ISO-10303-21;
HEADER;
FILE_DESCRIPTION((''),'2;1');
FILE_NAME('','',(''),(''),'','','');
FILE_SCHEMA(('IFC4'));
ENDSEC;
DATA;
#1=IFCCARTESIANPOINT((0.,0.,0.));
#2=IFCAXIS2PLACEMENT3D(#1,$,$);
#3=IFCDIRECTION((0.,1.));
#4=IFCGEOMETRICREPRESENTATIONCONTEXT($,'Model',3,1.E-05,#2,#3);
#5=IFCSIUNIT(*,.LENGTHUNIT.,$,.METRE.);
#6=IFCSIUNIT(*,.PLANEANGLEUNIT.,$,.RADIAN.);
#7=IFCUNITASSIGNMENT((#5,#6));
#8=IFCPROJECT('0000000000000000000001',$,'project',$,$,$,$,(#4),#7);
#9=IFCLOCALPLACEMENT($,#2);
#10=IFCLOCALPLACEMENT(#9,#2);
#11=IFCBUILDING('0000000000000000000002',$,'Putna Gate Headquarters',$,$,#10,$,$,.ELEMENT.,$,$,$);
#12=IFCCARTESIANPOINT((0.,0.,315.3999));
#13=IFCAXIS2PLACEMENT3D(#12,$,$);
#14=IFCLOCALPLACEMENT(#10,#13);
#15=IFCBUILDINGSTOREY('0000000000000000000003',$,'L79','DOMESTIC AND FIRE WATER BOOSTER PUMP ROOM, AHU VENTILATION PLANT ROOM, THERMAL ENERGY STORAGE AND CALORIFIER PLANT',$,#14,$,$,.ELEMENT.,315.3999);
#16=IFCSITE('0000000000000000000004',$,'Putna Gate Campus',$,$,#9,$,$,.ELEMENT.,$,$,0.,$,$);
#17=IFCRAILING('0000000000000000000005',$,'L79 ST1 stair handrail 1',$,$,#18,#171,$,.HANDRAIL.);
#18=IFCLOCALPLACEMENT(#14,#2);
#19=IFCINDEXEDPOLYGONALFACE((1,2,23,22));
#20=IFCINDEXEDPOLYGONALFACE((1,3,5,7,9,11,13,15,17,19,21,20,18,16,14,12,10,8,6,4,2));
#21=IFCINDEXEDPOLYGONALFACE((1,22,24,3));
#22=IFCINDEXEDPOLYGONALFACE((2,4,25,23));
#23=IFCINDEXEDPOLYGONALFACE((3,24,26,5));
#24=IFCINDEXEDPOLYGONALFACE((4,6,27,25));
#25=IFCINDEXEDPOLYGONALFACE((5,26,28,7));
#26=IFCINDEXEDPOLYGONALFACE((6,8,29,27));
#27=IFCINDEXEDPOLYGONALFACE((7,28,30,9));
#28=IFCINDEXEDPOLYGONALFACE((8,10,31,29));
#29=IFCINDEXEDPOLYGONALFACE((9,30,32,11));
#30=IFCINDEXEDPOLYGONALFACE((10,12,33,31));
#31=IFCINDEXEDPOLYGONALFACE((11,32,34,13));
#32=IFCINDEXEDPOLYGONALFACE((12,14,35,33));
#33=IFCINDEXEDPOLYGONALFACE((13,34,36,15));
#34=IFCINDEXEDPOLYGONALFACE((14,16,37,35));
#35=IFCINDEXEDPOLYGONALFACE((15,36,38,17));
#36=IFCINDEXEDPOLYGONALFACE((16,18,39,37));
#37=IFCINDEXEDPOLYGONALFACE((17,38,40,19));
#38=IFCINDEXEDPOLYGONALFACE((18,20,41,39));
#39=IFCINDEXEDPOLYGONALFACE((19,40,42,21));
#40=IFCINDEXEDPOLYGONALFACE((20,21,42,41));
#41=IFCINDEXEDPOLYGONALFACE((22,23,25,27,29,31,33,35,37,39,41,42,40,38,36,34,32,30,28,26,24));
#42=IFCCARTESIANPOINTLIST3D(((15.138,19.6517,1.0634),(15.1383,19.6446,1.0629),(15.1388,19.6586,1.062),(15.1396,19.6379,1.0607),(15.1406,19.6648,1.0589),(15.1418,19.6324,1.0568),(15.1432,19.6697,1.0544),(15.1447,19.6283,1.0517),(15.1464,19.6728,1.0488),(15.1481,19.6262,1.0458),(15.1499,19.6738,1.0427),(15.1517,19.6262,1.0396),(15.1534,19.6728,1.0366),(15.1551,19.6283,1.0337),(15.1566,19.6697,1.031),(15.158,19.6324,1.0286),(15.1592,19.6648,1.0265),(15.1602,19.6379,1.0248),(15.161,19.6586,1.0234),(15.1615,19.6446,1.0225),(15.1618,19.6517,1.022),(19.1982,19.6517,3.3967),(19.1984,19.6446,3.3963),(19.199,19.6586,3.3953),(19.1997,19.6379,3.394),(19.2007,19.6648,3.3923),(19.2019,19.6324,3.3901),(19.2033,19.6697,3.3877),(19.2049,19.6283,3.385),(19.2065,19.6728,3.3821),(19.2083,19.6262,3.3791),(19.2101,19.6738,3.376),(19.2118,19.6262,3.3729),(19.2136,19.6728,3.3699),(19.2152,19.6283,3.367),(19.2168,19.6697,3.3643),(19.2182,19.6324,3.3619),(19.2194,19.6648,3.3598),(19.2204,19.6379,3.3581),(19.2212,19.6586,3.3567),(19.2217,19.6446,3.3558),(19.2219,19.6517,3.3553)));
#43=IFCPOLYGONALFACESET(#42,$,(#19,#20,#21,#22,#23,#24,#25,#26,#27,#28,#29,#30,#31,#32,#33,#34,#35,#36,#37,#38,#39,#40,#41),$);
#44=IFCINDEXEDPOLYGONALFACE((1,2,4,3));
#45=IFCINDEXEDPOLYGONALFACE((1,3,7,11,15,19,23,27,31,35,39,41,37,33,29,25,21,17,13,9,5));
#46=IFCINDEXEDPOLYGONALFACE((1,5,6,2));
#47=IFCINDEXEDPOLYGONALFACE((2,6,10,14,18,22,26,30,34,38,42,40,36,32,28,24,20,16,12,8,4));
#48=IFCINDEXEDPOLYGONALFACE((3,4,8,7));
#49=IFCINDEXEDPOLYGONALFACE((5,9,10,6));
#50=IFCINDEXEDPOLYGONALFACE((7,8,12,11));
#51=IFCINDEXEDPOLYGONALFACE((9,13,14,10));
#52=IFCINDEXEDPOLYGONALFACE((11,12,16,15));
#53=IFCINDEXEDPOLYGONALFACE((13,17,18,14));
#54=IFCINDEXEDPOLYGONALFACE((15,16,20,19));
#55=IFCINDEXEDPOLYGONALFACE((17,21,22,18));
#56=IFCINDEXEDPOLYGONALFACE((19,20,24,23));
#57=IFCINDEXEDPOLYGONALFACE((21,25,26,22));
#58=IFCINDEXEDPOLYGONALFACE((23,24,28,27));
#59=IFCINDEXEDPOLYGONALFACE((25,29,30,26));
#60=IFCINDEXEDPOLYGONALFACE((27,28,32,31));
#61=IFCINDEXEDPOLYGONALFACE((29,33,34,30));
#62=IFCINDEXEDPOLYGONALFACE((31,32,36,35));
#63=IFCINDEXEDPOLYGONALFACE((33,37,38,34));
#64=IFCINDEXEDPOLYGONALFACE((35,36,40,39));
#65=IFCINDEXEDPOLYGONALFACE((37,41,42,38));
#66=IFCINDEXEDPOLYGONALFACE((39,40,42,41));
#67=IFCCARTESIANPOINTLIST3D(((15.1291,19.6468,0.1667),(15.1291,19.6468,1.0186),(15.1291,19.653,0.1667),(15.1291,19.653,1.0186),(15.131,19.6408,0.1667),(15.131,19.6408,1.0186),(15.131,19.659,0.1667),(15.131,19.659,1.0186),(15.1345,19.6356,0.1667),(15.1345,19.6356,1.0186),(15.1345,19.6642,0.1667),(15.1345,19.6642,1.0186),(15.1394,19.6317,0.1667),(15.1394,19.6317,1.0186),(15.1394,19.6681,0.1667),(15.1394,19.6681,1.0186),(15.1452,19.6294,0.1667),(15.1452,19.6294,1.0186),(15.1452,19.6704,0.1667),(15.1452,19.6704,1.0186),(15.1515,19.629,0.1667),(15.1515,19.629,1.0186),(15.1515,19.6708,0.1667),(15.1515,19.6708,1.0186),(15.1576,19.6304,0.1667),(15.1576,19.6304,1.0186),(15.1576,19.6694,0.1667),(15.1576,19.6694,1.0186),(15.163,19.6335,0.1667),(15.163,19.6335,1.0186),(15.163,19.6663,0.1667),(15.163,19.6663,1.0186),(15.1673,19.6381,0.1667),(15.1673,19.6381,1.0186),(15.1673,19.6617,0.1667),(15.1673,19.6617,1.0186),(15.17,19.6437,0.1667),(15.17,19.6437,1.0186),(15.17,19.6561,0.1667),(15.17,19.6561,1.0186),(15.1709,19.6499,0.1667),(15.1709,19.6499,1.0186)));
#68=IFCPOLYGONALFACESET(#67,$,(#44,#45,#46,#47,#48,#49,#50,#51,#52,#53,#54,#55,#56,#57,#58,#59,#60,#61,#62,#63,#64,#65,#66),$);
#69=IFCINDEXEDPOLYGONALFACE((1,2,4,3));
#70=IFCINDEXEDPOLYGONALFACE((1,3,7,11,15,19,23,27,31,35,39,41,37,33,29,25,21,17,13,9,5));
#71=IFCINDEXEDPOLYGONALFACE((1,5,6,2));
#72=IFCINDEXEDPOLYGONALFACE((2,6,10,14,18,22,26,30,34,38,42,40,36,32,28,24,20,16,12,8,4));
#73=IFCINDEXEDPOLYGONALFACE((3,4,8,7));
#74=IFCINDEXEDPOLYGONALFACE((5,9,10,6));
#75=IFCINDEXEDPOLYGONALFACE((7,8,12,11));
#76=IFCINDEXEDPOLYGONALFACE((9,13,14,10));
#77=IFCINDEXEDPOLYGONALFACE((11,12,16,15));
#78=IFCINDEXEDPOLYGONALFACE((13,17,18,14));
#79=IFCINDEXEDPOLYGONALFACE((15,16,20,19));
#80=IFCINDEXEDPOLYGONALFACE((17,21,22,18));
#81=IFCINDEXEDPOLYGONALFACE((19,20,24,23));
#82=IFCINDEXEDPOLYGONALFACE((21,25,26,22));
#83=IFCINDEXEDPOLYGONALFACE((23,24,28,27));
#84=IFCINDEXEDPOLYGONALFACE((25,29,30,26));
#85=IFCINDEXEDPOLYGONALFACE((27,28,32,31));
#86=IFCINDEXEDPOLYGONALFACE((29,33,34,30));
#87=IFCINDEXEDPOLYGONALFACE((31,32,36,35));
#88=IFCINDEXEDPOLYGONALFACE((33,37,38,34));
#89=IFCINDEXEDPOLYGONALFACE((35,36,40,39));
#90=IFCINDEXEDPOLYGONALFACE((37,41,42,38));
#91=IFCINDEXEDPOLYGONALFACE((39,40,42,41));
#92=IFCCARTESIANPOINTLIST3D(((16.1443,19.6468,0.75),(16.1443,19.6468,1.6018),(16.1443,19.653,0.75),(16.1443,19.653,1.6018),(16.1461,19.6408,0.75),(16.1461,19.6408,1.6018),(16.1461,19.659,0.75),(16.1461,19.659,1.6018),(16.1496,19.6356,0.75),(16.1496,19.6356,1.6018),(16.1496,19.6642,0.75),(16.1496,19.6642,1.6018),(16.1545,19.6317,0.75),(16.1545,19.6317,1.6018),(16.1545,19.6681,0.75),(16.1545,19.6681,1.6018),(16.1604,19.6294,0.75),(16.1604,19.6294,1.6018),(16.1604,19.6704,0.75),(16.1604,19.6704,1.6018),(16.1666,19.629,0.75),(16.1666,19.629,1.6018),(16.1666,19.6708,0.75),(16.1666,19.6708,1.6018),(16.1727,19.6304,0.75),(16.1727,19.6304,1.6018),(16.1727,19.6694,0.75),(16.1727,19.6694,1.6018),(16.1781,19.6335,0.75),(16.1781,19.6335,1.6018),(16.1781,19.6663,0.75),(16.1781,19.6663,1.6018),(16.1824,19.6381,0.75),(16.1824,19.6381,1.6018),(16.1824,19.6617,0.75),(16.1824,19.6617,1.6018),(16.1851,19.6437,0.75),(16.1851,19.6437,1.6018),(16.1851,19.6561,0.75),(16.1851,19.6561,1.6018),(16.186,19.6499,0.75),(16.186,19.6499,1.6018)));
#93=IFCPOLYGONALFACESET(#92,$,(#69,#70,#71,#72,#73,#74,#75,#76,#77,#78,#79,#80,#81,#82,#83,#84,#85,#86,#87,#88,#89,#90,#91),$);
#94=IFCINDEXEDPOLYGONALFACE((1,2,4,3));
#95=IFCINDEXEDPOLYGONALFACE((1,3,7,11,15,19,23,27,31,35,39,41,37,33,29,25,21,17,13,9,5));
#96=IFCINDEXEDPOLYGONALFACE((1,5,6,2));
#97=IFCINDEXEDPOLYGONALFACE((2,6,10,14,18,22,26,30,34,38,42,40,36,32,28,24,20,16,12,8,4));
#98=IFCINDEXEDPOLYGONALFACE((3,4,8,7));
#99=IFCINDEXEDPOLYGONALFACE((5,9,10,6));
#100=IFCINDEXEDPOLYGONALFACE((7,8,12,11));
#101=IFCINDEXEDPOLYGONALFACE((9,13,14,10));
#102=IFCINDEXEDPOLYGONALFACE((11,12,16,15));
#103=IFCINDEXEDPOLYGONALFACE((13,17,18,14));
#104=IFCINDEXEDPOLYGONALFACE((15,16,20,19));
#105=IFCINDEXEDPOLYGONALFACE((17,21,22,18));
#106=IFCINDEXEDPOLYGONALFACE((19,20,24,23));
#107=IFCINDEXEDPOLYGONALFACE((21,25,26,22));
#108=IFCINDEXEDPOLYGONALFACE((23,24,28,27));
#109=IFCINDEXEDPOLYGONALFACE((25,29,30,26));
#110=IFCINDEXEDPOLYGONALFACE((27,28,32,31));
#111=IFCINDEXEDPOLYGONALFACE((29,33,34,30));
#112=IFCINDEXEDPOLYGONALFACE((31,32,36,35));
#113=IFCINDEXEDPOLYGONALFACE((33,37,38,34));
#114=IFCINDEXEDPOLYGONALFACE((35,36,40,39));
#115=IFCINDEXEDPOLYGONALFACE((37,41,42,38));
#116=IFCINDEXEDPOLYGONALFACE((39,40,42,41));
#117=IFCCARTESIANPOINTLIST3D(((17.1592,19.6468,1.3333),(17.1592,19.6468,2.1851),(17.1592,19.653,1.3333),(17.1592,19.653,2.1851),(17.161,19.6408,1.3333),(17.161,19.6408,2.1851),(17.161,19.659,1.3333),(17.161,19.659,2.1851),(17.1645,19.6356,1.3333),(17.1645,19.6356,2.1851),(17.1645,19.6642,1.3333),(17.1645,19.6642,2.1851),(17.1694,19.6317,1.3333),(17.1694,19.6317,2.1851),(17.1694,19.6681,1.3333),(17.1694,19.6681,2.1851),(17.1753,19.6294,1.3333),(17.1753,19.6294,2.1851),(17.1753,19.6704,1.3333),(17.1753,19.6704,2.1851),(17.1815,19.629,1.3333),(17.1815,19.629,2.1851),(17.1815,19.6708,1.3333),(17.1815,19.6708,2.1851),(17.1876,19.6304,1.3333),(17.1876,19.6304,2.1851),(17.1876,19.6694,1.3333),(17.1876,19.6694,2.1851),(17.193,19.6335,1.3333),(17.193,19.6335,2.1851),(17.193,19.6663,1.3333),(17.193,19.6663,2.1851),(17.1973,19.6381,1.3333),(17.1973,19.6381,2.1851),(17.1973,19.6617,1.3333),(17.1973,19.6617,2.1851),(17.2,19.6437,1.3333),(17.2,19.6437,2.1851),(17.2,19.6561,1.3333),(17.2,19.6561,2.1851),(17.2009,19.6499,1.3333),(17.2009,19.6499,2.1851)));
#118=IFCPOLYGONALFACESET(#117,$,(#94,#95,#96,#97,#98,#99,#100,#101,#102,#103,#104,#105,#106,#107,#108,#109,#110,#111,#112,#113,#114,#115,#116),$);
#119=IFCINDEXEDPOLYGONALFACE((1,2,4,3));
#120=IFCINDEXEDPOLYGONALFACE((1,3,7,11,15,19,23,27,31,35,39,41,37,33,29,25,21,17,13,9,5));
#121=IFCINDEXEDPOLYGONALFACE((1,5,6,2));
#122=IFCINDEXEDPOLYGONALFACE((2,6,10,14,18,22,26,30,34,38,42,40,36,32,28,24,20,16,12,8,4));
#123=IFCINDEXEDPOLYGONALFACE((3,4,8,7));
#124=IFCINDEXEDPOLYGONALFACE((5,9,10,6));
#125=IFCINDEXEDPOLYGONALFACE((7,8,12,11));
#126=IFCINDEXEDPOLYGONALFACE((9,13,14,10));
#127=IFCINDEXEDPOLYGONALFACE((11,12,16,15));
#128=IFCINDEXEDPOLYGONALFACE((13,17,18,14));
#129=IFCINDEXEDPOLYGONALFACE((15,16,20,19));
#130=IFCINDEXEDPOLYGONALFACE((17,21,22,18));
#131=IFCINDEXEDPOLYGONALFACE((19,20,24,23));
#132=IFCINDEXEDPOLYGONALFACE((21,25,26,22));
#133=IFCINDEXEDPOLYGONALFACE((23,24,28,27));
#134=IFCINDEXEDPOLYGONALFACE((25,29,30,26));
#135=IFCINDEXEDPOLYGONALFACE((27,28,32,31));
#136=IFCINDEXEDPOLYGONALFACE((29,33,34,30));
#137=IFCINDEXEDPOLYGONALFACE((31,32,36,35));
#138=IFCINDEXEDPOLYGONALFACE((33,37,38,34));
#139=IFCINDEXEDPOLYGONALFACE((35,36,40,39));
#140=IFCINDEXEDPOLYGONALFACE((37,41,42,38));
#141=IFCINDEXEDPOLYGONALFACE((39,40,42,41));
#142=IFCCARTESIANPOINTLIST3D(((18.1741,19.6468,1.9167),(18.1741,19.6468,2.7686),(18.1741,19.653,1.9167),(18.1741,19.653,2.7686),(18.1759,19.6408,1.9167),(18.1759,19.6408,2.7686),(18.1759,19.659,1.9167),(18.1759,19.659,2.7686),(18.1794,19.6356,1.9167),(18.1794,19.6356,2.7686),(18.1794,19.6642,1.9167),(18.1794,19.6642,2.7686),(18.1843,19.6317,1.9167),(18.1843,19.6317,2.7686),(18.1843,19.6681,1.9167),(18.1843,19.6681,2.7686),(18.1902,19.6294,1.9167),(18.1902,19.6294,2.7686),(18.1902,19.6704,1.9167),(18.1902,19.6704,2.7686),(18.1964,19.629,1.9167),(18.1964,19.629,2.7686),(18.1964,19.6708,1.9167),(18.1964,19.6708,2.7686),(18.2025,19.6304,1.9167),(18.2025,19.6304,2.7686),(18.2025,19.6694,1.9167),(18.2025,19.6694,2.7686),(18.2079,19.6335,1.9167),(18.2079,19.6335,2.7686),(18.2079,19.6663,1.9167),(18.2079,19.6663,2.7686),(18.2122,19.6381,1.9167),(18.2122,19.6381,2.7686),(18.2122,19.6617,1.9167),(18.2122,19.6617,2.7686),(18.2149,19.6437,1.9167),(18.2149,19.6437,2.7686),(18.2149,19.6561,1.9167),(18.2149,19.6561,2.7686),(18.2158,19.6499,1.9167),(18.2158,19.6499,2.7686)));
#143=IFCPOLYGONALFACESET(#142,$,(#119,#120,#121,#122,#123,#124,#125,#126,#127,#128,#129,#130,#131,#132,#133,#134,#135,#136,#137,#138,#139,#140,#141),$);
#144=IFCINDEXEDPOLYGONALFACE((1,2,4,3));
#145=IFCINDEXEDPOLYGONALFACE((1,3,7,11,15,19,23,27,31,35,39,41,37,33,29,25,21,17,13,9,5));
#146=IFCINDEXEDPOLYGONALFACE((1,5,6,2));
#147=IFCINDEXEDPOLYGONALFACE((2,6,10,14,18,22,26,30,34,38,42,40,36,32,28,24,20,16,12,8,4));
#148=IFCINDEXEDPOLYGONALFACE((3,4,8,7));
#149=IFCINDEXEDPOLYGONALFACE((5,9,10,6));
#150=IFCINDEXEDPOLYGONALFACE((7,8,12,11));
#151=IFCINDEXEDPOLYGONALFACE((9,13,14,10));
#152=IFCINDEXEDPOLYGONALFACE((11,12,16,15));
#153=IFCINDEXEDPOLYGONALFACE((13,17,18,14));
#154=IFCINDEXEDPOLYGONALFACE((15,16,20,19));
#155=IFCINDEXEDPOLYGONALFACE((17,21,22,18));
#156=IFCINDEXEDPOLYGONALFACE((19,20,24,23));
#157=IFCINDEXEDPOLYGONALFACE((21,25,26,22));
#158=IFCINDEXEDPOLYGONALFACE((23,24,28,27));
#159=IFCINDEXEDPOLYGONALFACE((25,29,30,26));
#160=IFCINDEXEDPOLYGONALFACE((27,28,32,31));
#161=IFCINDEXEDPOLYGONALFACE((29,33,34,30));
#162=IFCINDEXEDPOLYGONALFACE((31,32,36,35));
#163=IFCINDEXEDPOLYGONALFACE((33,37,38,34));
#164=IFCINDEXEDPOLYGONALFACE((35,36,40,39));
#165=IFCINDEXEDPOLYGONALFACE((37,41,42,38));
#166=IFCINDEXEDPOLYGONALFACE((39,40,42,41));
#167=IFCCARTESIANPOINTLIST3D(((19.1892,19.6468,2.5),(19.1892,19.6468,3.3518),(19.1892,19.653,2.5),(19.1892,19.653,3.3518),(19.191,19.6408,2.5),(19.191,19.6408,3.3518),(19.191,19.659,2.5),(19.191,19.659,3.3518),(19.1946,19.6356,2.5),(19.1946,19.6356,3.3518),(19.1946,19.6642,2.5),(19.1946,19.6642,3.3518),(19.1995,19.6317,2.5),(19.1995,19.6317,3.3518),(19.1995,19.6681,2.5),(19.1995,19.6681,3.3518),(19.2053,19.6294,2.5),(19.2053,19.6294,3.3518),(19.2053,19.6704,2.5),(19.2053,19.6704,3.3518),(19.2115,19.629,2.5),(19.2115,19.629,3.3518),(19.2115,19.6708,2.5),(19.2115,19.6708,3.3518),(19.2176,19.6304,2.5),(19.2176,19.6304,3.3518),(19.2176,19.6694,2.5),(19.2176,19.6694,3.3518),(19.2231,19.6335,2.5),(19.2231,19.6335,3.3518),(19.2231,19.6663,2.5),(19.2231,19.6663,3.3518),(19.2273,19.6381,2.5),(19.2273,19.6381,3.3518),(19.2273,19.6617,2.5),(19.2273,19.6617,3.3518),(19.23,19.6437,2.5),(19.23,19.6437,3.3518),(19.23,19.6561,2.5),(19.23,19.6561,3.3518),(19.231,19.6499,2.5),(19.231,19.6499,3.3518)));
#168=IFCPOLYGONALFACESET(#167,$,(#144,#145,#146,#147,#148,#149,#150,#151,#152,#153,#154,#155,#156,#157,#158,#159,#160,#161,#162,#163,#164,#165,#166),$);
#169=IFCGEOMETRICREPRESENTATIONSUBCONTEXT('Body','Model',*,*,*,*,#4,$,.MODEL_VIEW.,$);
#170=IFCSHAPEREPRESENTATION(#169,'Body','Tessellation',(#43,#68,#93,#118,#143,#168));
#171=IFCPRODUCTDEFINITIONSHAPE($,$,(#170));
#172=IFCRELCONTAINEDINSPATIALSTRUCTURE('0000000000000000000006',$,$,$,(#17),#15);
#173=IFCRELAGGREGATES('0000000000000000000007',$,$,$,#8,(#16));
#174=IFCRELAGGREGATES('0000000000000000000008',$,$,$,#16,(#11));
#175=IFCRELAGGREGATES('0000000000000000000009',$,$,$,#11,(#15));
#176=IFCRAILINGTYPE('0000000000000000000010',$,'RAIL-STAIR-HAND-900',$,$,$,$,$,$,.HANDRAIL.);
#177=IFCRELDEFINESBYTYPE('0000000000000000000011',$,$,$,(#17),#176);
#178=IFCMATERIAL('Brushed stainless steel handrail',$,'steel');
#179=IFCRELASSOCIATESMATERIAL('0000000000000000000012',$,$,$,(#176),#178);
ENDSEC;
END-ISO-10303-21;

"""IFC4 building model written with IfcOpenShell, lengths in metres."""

from ifc_helpers import new_model, si_unit, direction, frame, origin, origin_2d, place, context, subcontext, project, spatial, circle, extrude, material, type_object, element, save


model = new_model("IFC4")

# Units and contexts
model_context = context("Model", 3, precision=1e-05, world=origin(), true_north=direction((0.0, 1.0)))
body_context = subcontext(model_context, "Body", "Model", "MODEL_VIEW")
ifc_project = project(units=[si_unit("LENGTHUNIT", "METRE"), si_unit("PLANEANGLEUNIT", "RADIAN")], contexts=[model_context])

# Site, building, storey
site_placement = place(None, origin())
site = spatial("IfcSite", under=ifc_project, at=site_placement, Name="Putna Gate Campus", CompositionType="ELEMENT", RefElevation=0.0)
building_placement = place(site_placement, origin())
building = spatial("IfcBuilding", under=site, at=building_placement, Name="Putna Gate Headquarters", CompositionType="ELEMENT")
storey_placement = place(building_placement, frame((0.0, 0.0, 315.3999)))
storey = spatial("IfcBuildingStorey", under=building, at=storey_placement, Name="L79", Description="DOMESTIC AND FIRE WATER BOOSTER PUMP ROOM, AHU VENTILATION PLANT ROOM, THERMAL ENERGY STORAGE AND CALORIFIER PLANT", CompositionType="ELEMENT", Elevation=315.3999)

# Railing
ifc_material_1 = material(Name="Brushed stainless steel handrail", Category="steel")
railing_type_1 = type_object("IfcRailingType", Name="RAIL-STAIR-HAND-900", PredefinedType="HANDRAIL", material=ifc_material_1)
railing_1_placement = place(storey_placement, frame((15.1499, 19.6499, 0.1667)))
element("IfcRailing", 1, at=railing_1_placement, inside=storey, type_object=railing_type_1, Name="L79 ST1 stair handrail 1", PredefinedType="HANDRAIL", context=body_context, shape_type="SweptSolid", body=[
    extrude(circle(Radius=0.0239, at=origin_2d()), frame((0.0, 0.0, 0.876), z_axis=(0.867025, 0.0, 0.498265), x_axis=(0.0, 1.0, 0.0)), (0.0, 0.0, 1.0), 4.6829),
    extrude(circle(Radius=0.021, at=origin_2d()), origin(), (0.0, 0.0, 1.0), 0.8518),
    extrude(circle(Radius=0.021, at=origin_2d()), frame((1.0151, 0.0, 0.5833)), (0.0, 0.0, 1.0), 0.8518),
    extrude(circle(Radius=0.021, at=origin_2d()), frame((2.03, 0.0, 1.1665)), (0.0, 0.0, 1.0), 0.8518),
    extrude(circle(Radius=0.021, at=origin_2d()), frame((3.0449, 0.0, 1.75)), (0.0, 0.0, 1.0), 0.8518),
    extrude(circle(Radius=0.021, at=origin_2d()), frame((4.0601, 0.0, 2.3333)), (0.0, 0.0, 1.0), 0.8518),
])

save(model, "model.ifc")
